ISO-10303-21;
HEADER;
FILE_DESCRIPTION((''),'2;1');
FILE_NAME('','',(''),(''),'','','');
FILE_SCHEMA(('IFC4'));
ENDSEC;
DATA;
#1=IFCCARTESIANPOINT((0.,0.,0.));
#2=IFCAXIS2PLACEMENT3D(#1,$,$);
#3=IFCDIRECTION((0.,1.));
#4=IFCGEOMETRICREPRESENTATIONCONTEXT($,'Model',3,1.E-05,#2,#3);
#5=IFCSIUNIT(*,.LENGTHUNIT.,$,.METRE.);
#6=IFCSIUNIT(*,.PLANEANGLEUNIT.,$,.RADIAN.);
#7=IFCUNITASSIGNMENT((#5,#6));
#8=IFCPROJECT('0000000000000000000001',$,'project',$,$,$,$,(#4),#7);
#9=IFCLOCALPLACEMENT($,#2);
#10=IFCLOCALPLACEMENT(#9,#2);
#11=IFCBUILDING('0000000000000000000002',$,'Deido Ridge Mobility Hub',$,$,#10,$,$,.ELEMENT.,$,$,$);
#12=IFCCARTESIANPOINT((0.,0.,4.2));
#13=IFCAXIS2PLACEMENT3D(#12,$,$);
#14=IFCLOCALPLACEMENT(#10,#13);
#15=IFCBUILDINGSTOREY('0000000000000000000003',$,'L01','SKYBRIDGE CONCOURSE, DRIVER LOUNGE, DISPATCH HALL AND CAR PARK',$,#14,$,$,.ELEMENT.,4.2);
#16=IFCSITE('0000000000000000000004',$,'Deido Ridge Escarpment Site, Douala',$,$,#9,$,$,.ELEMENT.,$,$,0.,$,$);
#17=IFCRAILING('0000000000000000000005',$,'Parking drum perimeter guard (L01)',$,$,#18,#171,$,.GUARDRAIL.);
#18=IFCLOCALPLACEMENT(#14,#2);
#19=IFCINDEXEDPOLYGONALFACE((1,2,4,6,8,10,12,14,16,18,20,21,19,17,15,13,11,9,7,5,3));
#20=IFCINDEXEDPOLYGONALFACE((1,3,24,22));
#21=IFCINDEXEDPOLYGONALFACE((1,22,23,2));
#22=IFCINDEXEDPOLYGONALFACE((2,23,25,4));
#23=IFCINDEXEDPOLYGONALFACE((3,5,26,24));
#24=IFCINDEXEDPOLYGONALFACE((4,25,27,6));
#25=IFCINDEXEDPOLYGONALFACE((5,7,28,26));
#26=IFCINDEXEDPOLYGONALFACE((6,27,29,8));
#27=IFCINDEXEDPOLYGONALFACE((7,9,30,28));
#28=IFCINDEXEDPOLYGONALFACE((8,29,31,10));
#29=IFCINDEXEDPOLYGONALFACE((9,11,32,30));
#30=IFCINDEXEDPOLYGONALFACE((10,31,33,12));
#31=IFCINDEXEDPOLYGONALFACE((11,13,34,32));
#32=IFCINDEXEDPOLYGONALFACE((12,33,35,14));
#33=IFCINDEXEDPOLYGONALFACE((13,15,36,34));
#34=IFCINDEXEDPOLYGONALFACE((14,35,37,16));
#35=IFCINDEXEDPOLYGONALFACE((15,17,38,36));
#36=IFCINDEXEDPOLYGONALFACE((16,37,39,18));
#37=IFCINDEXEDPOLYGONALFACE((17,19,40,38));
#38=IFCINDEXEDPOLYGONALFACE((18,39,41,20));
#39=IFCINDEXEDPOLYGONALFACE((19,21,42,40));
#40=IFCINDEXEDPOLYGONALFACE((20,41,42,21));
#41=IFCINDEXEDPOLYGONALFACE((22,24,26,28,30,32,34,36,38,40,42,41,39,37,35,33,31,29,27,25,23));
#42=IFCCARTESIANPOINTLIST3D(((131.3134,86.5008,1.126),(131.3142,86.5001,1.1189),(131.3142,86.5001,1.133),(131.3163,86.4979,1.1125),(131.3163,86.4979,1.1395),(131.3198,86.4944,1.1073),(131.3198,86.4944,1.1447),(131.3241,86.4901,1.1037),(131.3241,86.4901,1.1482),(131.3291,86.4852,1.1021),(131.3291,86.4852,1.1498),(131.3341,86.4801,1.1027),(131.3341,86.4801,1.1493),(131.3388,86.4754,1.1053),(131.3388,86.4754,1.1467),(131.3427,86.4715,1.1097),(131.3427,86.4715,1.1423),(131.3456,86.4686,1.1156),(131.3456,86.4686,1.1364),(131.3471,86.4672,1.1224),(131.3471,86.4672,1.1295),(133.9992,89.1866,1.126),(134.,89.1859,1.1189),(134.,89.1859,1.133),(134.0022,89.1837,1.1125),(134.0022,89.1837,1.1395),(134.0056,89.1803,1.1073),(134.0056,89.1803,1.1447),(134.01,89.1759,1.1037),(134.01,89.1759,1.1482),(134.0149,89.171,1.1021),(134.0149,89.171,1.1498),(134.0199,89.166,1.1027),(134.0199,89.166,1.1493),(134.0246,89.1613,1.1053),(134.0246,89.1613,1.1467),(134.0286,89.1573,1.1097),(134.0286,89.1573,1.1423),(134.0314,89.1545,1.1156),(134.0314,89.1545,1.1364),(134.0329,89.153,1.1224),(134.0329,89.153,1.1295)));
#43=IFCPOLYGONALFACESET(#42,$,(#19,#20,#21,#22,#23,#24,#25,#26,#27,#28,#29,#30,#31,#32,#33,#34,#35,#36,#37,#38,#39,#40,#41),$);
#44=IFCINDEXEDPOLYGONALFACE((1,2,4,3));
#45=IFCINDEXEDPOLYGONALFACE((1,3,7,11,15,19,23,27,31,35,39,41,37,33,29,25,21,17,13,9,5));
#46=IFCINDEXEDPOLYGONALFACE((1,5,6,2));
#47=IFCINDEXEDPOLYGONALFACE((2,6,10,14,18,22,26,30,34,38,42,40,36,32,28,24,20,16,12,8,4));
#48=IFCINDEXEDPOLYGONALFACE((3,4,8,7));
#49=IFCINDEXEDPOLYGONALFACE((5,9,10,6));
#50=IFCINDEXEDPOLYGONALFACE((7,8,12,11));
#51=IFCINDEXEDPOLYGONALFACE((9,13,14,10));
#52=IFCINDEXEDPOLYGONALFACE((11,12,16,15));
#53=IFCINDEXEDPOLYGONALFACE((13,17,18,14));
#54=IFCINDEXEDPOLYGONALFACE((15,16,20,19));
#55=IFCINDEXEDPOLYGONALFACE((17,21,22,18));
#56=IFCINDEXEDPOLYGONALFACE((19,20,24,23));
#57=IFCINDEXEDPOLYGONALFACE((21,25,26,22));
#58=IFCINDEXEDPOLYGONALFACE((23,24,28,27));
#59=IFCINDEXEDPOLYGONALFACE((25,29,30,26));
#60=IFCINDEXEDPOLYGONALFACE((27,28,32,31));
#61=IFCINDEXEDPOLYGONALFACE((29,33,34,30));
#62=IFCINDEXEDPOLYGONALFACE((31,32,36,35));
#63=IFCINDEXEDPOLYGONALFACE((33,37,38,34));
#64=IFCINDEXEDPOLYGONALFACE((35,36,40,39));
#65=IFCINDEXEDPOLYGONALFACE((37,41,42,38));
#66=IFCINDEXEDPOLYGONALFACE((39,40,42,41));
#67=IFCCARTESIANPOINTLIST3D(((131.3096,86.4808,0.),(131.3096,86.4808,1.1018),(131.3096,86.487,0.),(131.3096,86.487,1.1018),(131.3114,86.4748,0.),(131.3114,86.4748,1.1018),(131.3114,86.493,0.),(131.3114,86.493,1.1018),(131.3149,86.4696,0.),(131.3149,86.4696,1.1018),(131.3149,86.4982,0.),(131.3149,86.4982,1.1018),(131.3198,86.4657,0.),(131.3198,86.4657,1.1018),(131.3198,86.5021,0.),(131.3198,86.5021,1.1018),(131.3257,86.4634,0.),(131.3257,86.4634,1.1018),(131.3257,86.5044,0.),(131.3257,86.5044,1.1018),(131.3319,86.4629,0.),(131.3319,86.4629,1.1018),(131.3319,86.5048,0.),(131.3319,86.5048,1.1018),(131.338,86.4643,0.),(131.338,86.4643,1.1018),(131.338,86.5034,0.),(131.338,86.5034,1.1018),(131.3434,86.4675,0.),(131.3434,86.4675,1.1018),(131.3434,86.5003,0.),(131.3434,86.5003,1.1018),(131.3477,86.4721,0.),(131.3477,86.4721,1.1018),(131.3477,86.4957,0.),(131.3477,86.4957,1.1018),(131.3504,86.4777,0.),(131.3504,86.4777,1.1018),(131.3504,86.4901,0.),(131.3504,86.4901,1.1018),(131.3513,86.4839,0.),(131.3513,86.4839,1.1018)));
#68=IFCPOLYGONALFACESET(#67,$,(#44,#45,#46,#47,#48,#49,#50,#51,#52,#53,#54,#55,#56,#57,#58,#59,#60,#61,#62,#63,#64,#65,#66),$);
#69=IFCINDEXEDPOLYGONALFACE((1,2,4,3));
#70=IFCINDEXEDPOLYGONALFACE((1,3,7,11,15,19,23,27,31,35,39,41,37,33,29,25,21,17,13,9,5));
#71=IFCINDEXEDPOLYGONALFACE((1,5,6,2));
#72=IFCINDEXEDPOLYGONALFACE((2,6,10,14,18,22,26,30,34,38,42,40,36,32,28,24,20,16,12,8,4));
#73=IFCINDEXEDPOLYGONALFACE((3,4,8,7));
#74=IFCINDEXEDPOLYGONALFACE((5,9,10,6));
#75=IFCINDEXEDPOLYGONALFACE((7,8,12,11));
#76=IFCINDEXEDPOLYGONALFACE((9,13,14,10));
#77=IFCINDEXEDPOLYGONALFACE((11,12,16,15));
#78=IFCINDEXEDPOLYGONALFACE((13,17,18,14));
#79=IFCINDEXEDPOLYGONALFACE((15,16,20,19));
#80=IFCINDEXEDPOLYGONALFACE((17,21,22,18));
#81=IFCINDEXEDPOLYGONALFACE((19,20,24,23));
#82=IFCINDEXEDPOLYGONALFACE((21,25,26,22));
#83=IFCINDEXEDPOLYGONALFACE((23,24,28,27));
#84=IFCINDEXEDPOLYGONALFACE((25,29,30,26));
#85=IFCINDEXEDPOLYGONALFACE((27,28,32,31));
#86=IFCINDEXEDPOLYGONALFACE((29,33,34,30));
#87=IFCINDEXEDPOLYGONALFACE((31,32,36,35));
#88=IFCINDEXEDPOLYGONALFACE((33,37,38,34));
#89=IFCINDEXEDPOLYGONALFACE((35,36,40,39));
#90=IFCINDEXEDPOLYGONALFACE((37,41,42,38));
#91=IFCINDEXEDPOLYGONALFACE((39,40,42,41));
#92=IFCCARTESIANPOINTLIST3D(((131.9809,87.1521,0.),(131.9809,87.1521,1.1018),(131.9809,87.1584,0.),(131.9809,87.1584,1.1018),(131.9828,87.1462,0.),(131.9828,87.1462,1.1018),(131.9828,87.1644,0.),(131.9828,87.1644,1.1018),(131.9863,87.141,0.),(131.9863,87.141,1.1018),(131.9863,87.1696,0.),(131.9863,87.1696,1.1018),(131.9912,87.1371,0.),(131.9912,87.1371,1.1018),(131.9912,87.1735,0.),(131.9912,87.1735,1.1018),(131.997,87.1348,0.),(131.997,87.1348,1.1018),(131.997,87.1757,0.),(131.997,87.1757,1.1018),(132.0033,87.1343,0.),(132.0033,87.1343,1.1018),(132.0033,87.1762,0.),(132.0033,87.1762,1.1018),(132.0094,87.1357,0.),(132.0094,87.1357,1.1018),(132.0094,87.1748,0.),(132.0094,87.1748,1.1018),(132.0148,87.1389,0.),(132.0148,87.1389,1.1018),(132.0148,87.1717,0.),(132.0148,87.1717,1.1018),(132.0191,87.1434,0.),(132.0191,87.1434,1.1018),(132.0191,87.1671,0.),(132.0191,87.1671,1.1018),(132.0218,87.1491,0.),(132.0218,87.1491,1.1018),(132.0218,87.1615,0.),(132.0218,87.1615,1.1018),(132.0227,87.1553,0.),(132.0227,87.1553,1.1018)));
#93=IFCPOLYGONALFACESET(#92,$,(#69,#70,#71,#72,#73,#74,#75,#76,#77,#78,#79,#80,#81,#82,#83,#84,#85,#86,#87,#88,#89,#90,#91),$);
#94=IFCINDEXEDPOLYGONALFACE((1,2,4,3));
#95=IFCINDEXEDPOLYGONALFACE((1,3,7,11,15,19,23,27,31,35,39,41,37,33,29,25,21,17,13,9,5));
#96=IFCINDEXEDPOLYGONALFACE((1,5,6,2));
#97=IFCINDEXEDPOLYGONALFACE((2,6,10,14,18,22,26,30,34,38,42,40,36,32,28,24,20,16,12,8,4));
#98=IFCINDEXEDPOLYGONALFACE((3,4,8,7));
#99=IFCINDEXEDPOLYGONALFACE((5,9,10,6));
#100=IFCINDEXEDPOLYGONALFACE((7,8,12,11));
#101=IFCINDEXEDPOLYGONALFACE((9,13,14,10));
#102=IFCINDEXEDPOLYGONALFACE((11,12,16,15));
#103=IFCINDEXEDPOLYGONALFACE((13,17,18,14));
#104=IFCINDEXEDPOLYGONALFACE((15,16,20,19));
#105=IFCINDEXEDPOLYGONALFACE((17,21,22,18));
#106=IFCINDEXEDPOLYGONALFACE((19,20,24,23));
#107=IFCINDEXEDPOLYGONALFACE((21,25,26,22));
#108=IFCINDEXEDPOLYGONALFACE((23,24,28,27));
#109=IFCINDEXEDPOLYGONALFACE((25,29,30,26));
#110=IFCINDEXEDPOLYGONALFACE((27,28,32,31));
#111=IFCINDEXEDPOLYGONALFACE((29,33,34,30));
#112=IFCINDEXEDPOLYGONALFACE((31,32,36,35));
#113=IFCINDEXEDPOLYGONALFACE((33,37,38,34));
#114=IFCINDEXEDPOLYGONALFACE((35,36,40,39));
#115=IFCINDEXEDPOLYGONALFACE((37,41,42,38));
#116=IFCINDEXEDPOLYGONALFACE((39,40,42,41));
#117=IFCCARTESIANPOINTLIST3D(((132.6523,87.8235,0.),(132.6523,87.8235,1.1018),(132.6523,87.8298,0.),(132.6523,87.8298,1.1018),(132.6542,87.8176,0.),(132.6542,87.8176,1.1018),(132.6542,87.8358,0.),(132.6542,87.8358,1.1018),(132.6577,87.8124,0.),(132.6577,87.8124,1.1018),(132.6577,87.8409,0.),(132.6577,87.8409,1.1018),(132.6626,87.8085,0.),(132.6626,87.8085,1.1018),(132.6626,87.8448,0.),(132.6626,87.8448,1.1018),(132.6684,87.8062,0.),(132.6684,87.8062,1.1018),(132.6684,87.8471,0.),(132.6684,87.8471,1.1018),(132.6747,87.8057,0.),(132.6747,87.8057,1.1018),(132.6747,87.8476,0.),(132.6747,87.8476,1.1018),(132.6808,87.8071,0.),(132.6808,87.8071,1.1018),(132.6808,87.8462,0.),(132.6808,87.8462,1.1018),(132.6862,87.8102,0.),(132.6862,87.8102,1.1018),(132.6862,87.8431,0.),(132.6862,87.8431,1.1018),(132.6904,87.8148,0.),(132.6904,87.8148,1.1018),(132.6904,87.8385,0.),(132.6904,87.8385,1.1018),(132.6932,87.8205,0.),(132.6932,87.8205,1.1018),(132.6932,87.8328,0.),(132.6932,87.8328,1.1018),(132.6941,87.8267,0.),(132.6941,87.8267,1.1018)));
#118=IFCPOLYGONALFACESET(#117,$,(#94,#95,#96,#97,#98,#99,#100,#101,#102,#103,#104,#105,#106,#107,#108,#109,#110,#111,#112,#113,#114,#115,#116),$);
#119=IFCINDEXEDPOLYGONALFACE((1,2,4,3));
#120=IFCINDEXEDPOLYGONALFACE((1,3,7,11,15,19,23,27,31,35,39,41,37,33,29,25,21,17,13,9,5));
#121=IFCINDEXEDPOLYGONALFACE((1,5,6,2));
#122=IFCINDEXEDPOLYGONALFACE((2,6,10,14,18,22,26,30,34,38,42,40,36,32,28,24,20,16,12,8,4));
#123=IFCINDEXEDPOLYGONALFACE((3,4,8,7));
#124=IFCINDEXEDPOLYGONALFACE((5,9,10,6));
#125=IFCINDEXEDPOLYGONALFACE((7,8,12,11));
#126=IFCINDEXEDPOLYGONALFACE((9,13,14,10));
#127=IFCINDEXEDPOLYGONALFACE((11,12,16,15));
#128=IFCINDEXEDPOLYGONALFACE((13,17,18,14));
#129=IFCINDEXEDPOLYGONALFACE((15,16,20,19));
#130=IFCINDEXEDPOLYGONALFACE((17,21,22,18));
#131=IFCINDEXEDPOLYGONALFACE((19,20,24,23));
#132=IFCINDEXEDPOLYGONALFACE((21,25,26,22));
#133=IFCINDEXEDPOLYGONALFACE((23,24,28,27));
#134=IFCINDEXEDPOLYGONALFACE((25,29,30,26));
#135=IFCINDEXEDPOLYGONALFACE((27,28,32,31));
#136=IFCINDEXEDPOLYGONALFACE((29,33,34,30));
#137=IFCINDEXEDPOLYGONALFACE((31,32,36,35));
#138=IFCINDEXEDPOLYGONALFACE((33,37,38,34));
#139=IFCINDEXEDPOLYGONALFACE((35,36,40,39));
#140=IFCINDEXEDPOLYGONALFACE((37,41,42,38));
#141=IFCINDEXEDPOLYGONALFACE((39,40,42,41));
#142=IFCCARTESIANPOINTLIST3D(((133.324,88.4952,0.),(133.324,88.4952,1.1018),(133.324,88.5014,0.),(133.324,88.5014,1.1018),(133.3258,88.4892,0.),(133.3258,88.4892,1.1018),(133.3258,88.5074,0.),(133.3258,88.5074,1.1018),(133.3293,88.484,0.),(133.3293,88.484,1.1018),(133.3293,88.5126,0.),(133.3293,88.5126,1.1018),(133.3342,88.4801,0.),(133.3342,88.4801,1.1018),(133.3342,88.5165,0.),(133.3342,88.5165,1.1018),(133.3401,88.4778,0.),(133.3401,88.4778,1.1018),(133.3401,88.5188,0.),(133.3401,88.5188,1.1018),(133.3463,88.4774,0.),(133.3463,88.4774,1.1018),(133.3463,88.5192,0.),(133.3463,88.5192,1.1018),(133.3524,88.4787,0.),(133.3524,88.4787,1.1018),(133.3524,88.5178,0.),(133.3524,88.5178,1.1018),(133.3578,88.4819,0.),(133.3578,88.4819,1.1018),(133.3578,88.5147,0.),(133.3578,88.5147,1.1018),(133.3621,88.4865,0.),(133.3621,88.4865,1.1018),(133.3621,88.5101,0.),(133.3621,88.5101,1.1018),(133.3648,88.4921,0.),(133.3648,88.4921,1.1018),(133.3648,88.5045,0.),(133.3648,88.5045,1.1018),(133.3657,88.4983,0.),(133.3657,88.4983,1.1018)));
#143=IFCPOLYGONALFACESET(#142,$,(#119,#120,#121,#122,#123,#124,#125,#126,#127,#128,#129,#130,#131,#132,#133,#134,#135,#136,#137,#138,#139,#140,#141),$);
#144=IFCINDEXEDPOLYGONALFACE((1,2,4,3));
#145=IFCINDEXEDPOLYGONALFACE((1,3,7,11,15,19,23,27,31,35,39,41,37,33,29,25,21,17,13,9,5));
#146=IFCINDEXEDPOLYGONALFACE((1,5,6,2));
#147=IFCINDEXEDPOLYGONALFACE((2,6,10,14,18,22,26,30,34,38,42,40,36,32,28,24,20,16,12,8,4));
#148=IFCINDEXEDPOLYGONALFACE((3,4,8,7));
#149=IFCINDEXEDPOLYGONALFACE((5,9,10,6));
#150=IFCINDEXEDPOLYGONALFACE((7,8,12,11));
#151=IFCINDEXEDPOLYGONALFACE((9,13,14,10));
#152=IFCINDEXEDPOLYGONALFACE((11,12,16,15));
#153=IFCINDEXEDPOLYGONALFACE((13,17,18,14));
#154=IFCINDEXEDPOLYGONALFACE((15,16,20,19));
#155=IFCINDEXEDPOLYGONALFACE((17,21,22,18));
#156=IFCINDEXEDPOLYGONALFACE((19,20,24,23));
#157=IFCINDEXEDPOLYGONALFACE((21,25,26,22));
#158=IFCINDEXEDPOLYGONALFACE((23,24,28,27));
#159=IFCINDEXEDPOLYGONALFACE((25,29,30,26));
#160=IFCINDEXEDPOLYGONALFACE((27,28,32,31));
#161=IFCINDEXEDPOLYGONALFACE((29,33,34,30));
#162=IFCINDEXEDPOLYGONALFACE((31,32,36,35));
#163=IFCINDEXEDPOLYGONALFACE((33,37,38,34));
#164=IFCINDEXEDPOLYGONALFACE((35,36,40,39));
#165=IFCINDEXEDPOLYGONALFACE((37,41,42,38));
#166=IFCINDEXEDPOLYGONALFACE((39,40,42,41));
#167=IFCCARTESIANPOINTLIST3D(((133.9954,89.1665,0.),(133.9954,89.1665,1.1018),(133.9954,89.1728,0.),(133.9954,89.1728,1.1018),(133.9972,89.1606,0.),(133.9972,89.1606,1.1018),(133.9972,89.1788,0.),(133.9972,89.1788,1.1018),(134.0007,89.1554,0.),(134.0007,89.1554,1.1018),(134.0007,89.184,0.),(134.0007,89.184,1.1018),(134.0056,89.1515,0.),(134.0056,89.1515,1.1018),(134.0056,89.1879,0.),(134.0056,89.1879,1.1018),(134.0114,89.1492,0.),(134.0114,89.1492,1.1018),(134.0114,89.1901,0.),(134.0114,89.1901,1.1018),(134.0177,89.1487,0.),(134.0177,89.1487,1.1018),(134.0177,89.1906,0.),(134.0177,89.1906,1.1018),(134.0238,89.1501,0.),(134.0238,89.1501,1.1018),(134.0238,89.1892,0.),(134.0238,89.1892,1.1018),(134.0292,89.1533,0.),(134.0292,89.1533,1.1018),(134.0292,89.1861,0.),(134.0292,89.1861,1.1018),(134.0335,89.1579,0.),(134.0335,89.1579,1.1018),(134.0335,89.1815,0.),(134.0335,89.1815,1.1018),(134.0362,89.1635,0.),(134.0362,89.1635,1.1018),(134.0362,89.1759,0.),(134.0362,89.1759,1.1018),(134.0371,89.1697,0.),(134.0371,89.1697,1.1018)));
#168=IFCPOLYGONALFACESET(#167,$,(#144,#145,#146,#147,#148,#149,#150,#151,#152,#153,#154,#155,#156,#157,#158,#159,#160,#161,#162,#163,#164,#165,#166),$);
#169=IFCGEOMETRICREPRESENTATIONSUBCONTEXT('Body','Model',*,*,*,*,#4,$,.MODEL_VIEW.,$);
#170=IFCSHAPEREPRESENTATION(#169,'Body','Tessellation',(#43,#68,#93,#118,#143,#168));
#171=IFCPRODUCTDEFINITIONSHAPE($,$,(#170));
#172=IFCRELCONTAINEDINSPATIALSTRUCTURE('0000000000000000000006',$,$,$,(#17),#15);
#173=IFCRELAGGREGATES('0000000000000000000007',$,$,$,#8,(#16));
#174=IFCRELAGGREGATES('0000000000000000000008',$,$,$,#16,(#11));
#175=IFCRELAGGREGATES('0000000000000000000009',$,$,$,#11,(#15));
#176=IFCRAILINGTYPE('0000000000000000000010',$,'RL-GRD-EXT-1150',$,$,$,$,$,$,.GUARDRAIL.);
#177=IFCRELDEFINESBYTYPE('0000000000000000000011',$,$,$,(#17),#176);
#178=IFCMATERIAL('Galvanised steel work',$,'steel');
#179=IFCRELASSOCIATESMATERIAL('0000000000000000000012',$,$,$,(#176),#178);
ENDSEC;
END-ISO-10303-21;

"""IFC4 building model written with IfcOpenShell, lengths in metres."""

from ifc_helpers import new_model, si_unit, direction, frame, origin, origin_2d, place, context, subcontext, project, spatial, circle, extrude, material, type_object, element, save


model = new_model("IFC4")

# Units and contexts
model_context = context("Model", 3, precision=1e-05, world=origin(), true_north=direction((0.0, 1.0)))
body_context = subcontext(model_context, "Body", "Model", "MODEL_VIEW")
ifc_project = project(units=[si_unit("LENGTHUNIT", "METRE"), si_unit("PLANEANGLEUNIT", "RADIAN")], contexts=[model_context])

# Site, building, storey
site_placement = place(None, origin())
site = spatial("IfcSite", under=ifc_project, at=site_placement, Name="Deido Ridge Escarpment Site, Douala", CompositionType="ELEMENT", RefElevation=0.0)
building_placement = place(site_placement, origin())
building = spatial("IfcBuilding", under=site, at=building_placement, Name="Deido Ridge Mobility Hub", CompositionType="ELEMENT")
storey_placement = place(building_placement, frame((0.0, 0.0, 4.2)))
storey = spatial("IfcBuildingStorey", under=building, at=storey_placement, Name="L01", Description="SKYBRIDGE CONCOURSE, DRIVER LOUNGE, DISPATCH HALL AND CAR PARK", CompositionType="ELEMENT", Elevation=4.2)

# Railing
ifc_material_1 = material(Name="Galvanised steel work", Category="steel")
railing_type = type_object("IfcRailingType", Name="RL-GRD-EXT-1150", PredefinedType="GUARDRAIL", material=ifc_material_1)
railing_1_placement = place(storey_placement, frame((131.3303, 86.4839, 0.0)))
element("IfcRailing", 1, at=railing_1_placement, inside=storey, type_object=railing_type, Name="Parking drum perimeter guard (L01)", PredefinedType="GUARDRAIL", context=body_context, shape_type="SweptSolid", body=[
    extrude(circle(Radius=0.0239, at=origin_2d()), frame((0.0, 0.0, 1.126), z_axis=(0.707107, 0.707107, 0.0), x_axis=(-0.707107, 0.707107, 0.0)), (0.0, 0.0, 1.0), 3.7983),
    extrude(circle(Radius=0.021, at=origin_2d()), origin(), (0.0, 0.0, 1.0), 1.1018),
    extrude(circle(Radius=0.021, at=origin_2d()), frame((0.6714, 0.6714, 0.0)), (0.0, 0.0, 1.0), 1.1018),
    extrude(circle(Radius=0.021, at=origin_2d()), frame((1.3428, 1.3428, 0.0)), (0.0, 0.0, 1.0), 1.1018),
    extrude(circle(Radius=0.021, at=origin_2d()), frame((2.0144, 2.0144, 0.0)), (0.0, 0.0, 1.0), 1.1018),
    extrude(circle(Radius=0.021, at=origin_2d()), frame((2.6858, 2.6858, 0.0)), (0.0, 0.0, 1.0), 1.1018),
])

save(model, "model.ifc")
